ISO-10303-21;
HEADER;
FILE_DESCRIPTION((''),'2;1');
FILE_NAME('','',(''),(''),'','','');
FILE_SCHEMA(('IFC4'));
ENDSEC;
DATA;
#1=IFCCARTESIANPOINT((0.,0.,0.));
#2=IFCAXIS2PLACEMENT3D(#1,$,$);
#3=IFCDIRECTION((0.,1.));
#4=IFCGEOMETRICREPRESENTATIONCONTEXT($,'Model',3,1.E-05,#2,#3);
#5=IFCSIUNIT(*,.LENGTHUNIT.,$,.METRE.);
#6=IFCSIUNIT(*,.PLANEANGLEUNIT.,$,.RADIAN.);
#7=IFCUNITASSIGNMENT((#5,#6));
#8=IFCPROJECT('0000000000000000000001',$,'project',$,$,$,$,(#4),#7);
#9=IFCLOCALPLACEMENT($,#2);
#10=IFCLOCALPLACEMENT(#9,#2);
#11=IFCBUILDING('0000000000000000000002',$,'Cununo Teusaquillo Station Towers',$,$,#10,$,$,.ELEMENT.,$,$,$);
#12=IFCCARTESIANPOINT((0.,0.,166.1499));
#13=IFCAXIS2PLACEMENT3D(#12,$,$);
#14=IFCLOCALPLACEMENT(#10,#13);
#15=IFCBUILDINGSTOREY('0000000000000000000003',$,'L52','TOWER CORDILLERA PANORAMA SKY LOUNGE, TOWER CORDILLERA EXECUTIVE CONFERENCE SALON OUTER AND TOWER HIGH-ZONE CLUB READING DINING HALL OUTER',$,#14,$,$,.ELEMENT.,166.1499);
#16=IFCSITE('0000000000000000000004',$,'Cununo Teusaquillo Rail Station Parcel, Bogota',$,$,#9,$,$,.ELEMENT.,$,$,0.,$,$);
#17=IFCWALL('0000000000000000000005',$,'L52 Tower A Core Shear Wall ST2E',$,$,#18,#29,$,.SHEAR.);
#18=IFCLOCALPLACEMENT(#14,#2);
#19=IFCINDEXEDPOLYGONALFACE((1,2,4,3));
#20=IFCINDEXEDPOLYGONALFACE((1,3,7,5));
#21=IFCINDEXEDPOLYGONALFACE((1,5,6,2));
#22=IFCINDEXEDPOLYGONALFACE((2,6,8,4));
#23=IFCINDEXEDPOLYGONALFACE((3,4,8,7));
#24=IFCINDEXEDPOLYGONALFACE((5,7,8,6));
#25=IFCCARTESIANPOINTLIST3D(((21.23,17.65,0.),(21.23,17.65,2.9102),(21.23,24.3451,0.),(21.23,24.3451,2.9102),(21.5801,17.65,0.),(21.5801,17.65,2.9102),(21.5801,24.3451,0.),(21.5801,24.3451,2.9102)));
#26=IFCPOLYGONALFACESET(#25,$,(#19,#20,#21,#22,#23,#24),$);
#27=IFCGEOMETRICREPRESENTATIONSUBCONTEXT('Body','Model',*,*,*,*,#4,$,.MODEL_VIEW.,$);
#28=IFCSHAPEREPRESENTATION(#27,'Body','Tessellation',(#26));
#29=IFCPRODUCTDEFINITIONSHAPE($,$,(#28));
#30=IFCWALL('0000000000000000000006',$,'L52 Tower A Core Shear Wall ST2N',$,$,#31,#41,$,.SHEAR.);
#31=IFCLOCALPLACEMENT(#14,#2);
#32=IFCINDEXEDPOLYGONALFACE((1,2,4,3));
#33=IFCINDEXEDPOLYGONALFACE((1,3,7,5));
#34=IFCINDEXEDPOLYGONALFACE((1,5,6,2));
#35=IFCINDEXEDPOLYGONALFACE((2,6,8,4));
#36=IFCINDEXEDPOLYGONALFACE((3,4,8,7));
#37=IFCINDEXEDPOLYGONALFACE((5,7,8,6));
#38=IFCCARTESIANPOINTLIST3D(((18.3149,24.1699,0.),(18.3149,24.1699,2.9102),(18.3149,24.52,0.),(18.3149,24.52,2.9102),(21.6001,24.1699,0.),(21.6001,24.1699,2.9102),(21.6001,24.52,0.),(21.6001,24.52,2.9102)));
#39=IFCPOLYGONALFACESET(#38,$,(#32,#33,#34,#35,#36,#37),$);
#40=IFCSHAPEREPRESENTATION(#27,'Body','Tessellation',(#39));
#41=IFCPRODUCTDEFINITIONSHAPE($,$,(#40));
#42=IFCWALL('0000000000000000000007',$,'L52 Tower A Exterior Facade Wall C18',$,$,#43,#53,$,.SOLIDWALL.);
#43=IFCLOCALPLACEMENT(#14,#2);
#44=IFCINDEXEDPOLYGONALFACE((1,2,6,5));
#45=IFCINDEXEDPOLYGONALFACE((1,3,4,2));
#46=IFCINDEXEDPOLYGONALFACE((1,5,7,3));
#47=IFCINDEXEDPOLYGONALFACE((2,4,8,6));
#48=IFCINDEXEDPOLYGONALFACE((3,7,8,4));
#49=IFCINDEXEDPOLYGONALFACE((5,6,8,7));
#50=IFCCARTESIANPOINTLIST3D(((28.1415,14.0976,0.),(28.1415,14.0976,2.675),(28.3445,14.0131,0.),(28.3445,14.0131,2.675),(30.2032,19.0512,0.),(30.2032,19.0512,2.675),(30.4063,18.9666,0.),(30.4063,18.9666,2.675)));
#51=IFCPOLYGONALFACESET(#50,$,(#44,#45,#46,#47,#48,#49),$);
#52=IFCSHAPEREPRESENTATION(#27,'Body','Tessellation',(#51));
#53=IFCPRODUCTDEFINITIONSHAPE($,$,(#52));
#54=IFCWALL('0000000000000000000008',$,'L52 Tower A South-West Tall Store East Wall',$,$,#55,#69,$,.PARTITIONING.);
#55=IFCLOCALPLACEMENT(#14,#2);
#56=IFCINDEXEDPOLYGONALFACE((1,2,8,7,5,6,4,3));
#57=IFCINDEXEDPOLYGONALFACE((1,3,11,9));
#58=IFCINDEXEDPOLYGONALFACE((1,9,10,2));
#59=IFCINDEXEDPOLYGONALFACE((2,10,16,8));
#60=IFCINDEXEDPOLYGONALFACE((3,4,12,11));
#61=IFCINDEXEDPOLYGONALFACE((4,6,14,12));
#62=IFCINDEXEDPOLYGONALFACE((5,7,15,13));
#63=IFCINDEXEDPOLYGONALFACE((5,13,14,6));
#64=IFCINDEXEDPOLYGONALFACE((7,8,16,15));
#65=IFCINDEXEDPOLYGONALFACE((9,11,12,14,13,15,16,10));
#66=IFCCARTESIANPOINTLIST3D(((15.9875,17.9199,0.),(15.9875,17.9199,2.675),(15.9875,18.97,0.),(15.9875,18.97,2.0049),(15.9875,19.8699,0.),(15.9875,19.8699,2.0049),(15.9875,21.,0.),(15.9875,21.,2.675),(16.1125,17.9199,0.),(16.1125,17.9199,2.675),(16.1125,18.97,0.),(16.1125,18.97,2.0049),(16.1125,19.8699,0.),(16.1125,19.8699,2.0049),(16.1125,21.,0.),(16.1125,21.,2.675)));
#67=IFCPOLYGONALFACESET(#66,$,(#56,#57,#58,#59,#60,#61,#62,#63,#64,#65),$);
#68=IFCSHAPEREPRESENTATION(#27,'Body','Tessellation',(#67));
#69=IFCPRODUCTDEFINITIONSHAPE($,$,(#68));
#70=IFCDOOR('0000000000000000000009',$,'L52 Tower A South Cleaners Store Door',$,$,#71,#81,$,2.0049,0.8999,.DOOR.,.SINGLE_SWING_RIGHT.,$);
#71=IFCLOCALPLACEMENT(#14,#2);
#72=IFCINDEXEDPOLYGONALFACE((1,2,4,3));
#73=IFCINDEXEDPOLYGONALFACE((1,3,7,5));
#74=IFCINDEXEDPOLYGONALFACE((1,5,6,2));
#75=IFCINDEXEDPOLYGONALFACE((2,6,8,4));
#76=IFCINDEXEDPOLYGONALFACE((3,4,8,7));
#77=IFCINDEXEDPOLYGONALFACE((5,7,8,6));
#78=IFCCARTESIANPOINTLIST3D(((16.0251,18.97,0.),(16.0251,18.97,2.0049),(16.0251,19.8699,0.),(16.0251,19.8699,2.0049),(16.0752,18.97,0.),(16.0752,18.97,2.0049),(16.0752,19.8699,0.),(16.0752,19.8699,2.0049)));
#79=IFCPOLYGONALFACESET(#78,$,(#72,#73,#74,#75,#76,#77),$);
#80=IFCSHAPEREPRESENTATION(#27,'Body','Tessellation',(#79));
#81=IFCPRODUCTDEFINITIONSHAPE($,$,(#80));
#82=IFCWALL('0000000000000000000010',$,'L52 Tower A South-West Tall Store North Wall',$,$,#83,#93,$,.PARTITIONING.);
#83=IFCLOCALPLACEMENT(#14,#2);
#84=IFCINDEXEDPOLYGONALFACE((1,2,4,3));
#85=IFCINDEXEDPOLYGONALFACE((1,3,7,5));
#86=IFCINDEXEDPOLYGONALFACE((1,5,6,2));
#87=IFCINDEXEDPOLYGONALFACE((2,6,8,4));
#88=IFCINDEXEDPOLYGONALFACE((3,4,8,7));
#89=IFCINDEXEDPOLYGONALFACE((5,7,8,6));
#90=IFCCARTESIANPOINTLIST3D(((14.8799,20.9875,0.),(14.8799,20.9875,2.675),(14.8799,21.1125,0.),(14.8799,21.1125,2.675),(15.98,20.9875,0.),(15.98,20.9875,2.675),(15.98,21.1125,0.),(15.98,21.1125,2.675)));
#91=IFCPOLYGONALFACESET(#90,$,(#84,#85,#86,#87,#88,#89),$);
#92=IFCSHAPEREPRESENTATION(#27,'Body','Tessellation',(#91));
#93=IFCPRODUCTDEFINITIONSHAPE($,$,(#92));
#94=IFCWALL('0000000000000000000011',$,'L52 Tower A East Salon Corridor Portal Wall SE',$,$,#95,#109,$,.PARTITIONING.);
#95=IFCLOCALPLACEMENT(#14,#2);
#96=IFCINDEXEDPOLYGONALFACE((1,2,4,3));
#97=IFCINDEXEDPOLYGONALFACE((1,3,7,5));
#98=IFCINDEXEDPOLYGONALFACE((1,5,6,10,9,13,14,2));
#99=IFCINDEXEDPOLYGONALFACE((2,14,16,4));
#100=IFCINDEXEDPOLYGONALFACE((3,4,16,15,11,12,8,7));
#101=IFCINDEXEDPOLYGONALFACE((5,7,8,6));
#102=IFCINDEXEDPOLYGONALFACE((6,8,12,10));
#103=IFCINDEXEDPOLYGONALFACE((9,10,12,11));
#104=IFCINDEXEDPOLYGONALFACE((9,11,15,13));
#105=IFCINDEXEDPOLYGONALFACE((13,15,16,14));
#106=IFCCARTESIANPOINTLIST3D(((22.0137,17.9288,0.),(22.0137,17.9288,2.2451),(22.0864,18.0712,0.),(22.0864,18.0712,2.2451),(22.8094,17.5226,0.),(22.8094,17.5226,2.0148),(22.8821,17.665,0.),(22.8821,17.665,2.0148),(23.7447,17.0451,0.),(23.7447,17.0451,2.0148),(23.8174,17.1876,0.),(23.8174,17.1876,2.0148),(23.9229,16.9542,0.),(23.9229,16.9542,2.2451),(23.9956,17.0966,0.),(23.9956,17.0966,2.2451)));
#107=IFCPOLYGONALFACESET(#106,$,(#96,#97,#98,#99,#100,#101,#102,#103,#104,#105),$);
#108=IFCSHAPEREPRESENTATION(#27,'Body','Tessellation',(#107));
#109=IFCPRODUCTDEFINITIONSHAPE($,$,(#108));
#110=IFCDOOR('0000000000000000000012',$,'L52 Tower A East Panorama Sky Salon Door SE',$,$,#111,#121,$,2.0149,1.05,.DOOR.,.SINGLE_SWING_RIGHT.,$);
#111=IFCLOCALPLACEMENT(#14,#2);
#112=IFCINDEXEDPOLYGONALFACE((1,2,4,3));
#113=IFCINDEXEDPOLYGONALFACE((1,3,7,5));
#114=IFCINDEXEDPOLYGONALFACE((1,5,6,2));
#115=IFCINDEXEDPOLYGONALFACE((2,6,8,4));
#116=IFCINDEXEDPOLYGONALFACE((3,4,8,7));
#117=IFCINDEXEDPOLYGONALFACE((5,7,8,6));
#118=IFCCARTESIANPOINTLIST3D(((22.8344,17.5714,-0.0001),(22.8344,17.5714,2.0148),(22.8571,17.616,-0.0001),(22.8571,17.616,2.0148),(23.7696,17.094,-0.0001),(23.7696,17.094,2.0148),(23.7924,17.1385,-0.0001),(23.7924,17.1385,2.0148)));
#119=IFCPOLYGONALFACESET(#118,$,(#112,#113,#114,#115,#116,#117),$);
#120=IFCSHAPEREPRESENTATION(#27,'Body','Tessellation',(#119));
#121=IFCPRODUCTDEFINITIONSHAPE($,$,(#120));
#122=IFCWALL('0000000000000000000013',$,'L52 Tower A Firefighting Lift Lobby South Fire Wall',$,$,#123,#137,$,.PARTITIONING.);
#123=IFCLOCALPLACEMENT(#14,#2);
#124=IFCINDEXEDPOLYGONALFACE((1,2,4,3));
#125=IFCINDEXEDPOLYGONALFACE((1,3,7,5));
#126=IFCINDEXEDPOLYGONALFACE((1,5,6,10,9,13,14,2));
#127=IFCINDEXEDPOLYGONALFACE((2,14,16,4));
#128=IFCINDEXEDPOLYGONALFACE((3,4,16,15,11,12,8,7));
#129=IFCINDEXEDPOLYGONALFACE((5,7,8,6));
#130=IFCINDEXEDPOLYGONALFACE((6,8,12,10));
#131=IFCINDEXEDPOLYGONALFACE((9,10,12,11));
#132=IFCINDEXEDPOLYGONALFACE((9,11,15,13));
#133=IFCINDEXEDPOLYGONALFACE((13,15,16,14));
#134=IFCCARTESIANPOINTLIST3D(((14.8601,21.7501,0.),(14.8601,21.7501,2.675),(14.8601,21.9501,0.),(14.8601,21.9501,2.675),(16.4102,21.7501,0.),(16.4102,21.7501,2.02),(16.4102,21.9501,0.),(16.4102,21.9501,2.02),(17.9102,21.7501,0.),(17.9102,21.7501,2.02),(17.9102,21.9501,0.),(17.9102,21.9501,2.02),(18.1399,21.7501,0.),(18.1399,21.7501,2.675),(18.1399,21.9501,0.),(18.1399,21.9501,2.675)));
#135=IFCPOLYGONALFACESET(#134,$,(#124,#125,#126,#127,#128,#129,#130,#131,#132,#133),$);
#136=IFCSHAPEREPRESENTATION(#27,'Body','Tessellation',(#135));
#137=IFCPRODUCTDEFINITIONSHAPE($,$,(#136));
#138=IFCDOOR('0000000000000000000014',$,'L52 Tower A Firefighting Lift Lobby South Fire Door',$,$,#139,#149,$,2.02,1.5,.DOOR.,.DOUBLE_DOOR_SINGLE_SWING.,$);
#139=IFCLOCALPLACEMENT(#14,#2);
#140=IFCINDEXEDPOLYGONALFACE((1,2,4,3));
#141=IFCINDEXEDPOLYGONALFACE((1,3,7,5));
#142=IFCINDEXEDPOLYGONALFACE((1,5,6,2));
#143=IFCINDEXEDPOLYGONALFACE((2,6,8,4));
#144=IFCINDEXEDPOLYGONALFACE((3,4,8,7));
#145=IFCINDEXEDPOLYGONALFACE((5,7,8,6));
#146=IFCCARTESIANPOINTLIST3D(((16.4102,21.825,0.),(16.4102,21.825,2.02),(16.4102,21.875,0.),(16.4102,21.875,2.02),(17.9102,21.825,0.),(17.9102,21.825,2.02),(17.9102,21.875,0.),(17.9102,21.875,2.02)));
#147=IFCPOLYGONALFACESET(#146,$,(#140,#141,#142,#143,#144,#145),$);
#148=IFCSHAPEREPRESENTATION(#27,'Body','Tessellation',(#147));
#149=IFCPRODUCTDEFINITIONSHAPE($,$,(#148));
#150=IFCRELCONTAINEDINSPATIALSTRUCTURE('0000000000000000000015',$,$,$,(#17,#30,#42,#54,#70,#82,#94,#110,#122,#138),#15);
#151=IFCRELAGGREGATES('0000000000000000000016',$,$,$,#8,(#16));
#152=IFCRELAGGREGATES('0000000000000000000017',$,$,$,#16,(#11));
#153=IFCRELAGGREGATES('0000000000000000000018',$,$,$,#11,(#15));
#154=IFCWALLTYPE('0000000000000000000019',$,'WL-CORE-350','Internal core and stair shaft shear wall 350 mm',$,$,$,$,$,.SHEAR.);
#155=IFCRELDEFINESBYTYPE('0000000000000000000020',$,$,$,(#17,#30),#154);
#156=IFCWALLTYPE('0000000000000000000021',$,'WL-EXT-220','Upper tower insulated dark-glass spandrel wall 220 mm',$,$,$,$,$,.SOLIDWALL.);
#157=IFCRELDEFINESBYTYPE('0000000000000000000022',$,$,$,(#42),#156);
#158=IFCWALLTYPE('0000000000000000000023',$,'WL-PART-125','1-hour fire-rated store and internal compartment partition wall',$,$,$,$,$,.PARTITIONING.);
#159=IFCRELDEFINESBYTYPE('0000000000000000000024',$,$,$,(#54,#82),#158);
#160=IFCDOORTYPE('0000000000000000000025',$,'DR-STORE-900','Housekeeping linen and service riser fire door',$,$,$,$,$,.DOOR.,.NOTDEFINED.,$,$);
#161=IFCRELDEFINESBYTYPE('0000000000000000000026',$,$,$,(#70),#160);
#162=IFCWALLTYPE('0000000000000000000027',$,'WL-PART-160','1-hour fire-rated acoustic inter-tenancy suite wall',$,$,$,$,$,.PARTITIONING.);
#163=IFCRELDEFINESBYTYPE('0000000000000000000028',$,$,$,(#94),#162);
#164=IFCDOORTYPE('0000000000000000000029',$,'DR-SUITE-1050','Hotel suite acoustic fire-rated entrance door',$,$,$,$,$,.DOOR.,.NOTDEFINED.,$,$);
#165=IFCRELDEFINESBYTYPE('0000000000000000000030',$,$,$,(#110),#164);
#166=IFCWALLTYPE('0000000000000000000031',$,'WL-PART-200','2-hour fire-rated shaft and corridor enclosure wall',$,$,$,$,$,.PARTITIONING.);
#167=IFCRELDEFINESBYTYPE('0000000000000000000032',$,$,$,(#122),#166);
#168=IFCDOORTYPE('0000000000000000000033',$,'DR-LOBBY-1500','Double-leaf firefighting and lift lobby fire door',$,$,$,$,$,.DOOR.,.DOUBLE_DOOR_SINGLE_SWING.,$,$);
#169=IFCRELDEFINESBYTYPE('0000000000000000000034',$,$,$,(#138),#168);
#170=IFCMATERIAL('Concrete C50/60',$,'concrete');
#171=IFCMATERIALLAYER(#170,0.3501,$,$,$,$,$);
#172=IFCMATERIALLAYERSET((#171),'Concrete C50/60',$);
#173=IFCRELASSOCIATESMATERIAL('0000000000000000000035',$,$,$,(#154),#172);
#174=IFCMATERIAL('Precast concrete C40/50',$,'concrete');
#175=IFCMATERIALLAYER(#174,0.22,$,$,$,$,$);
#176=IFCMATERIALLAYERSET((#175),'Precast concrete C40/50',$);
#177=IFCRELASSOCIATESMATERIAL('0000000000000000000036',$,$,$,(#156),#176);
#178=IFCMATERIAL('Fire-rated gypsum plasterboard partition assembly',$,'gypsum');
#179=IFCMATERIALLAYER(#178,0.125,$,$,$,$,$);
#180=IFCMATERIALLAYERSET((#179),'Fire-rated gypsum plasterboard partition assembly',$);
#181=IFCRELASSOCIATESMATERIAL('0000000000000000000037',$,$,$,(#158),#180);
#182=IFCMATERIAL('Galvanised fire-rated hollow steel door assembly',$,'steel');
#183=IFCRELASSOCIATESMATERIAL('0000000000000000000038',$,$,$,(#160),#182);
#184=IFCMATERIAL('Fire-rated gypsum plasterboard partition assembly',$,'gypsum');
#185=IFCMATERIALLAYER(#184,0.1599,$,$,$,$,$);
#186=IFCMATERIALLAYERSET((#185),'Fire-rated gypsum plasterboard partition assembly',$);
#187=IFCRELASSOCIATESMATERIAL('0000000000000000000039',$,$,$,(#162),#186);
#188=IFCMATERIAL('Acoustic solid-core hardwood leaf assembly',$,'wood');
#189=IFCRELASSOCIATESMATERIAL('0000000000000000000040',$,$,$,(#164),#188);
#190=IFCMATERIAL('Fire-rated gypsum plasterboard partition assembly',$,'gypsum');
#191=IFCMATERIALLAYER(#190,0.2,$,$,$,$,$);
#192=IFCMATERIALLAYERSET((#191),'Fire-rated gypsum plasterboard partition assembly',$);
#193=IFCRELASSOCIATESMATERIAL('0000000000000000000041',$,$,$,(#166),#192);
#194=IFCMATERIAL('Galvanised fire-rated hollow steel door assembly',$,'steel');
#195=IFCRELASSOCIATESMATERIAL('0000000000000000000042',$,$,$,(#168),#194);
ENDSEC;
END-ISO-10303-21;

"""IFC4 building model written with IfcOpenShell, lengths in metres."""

from ifc_helpers import new_model, si_unit, direction, frame, frame_2d, origin, place, context, subcontext, project, spatial, rectangle, extrude, source, transform, mapped, material, layer, layer_set, type_object, element, fill, save


model = new_model("IFC4")

# Units and contexts
model_context = context("Model", 3, precision=1e-05, world=origin(), true_north=direction((0.0, 1.0)))
body_context = subcontext(model_context, "Body", "Model", "MODEL_VIEW")
ifc_project = project(units=[si_unit("LENGTHUNIT", "METRE"), si_unit("PLANEANGLEUNIT", "RADIAN")], contexts=[model_context])

# Site, building, storey
site_placement = place(None, origin())
site = spatial("IfcSite", under=ifc_project, at=site_placement, Name="Cununo Teusaquillo Rail Station Parcel, Bogota", CompositionType="ELEMENT", RefElevation=0.0)
building_placement = place(site_placement, origin())
building = spatial("IfcBuilding", under=site, at=building_placement, Name="Cununo Teusaquillo Station Towers", CompositionType="ELEMENT")
storey_placement = place(building_placement, frame((0.0, 0.0, 166.1499)))
storey = spatial("IfcBuildingStorey", under=building, at=storey_placement, Name="L52", Description="TOWER CORDILLERA PANORAMA SKY LOUNGE, TOWER CORDILLERA EXECUTIVE CONFERENCE SALON OUTER AND TOWER HIGH-ZONE CLUB READING DINING HALL OUTER", CompositionType="ELEMENT", Elevation=166.1499)

# Shared definitions
ifc_material_1 = material(Name="Concrete C50/60", Category="concrete")
ifc_layer_1 = layer(ifc_material_1, 0.3501)
ifc_layer_set_1 = layer_set([ifc_layer_1], Name="Concrete C50/60")
wall_type_1 = type_object("IfcWallType", Name="WL-CORE-350", Description="Internal core and stair shaft shear wall 350 mm", PredefinedType="SHEAR", material=ifc_layer_set_1)

# Walls
wall_1_placement = place(storey_placement, frame((21.405, 17.6499, 0.0), z_axis=(0.0, 0.0, 1.0), x_axis=(0.0, 1.0, 0.0)))
element("IfcWall", 1, at=wall_1_placement, inside=storey, type_object=wall_type_1, Name="L52 Tower A Core Shear Wall ST2E", PredefinedType="SHEAR", context=body_context, shape_type="SweptSolid", body=[
    extrude(rectangle(XDim=6.6951, YDim=0.3501, at=frame_2d((3.3477, 0.0))), origin(), (0.0, 0.0, 1.0), 2.9102),
])
wall_2_placement = place(storey_placement, frame((18.3149, 24.345, 0.0), z_axis=(0.0, 0.0, 1.0), x_axis=(1.0, 0.0, 0.0)))
element("IfcWall", 2, at=wall_2_placement, inside=storey, type_object=wall_type_1, Name="L52 Tower A Core Shear Wall ST2N", PredefinedType="SHEAR", context=body_context, shape_type="SweptSolid", body=[
    extrude(rectangle(XDim=3.2852, YDim=0.3501, at=frame_2d((1.6426, 0.0))), origin(), (0.0, 0.0, 1.0), 2.9102),
])
ifc_material_2 = material(Name="Precast concrete C40/50", Category="concrete")
ifc_layer_2 = layer(ifc_material_2, 0.22)
ifc_layer_set_2 = layer_set([ifc_layer_2], Name="Precast concrete C40/50")
wall_type_2 = type_object("IfcWallType", Name="WL-EXT-220", Description="Upper tower insulated dark-glass spandrel wall 220 mm", PredefinedType="SOLIDWALL", material=ifc_layer_set_2)
wall_3_placement = place(storey_placement, frame((30.3047, 19.0088, 0.0), z_axis=(0.0, 0.0, 1.0), x_axis=(-0.38426, -0.923225, 0.0)))
element("IfcWall", 3, at=wall_3_placement, inside=storey, type_object=wall_type_2, Name="L52 Tower A Exterior Facade Wall C18", PredefinedType="SOLIDWALL", context=body_context, shape_type="SweptSolid", body=[
    extrude(rectangle(XDim=5.3655, YDim=0.22, at=frame_2d((2.6826, 0.0))), origin(), (0.0, 0.0, 1.0), 2.675),
])

# Wall, opening, door
ifc_material_3 = material(Name="Fire-rated gypsum plasterboard partition assembly", Category="gypsum")
ifc_layer_3 = layer(ifc_material_3, 0.125)
ifc_layer_set_3 = layer_set([ifc_layer_3], Name="Fire-rated gypsum plasterboard partition assembly")
wall_type_3 = type_object("IfcWallType", Name="WL-PART-125", Description="1-hour fire-rated store and internal compartment partition wall", PredefinedType="PARTITIONING", material=ifc_layer_set_3)
wall_4_placement = place(storey_placement, frame((16.05, 17.9199, 0.0), z_axis=(0.0, 0.0, 1.0), x_axis=(0.0, 1.0, 0.0)))
wall_4 = element("IfcWall", 4, at=wall_4_placement, inside=storey, type_object=wall_type_3, Name="L52 Tower A South-West Tall Store East Wall", PredefinedType="PARTITIONING", context=body_context, shape_type="SweptSolid", body=[
    extrude(rectangle(XDim=3.0801, YDim=0.125, at=frame_2d((1.54, 0.0))), origin(), (0.0, 0.0, 1.0), 2.675),
])
shared_shape_1 = source(origin(), body_context, "Body", "SweptSolid", [
    extrude(rectangle(XDim=0.8999, YDim=2.0049, at=frame_2d((0.45, 1.0024))), frame((0.0, 0.0725, 0.0), z_axis=(0.0, -1.0, 0.0), x_axis=(1.0, 0.0, 0.0)), (0.0, 0.0, 1.0), 0.145),
])
opening_1_placement = place(wall_4_placement, frame((1.05, 0.0, 0.0)))
opening_1 = element("IfcOpeningElement", 5, at=opening_1_placement, cuts=wall_4, PredefinedType="OPENING", context=body_context, shape_type="MappedRepresentation", body=[
    mapped(shared_shape_1, transform((0.0, 0.0, 0.0), x_axis=(1.0, 0.0, 0.0), y_axis=(0.0, 1.0, 0.0), z_axis=(0.0, 0.0, 1.0), scale=1.0)),
])
ifc_material_4 = material(Name="Galvanised fire-rated hollow steel door assembly", Category="steel")
door_type_1 = type_object("IfcDoorType", Name="DR-STORE-900", Description="Housekeeping linen and service riser fire door", OperationType="NOTDEFINED", PredefinedType="DOOR", material=ifc_material_4)
shared_shape_2 = source(origin(), body_context, "Body", "SweptSolid", [
    extrude(rectangle(XDim=0.8999, YDim=2.0049, at=frame_2d((0.45, 1.0024))), frame((0.0, 0.0249, 0.0), z_axis=(0.0, -1.0, 0.0), x_axis=(1.0, 0.0, 0.0)), (0.0, 0.0, 1.0), 0.05),
])
door_1_placement = place(opening_1_placement, origin())
door_1 = element("IfcDoor", 6, at=door_1_placement, inside=storey, type_object=door_type_1, Name="L52 Tower A South Cleaners Store Door", OperationType="SINGLE_SWING_RIGHT", OverallHeight=2.0049, OverallWidth=0.8999, PredefinedType="DOOR", context=body_context, shape_type="MappedRepresentation", body=[
    mapped(shared_shape_2, transform((0.0, 0.0, 0.0), x_axis=(1.0, 0.0, 0.0), y_axis=(0.0, 1.0, 0.0), z_axis=(0.0, 0.0, 1.0), scale=1.0)),
])
fill(opening_1, door_1)

# Wall
wall_5_placement = place(storey_placement, frame((14.8799, 21.05, 0.0), z_axis=(0.0, 0.0, 1.0), x_axis=(1.0, 0.0, 0.0)))
element("IfcWall", 7, at=wall_5_placement, inside=storey, type_object=wall_type_3, Name="L52 Tower A South-West Tall Store North Wall", PredefinedType="PARTITIONING", context=body_context, shape_type="SweptSolid", body=[
    extrude(rectangle(XDim=1.1001, YDim=0.125, at=frame_2d((0.55, 0.0))), origin(), (0.0, 0.0, 1.0), 2.675),
])

# Walls, openings, doors
ifc_material_5 = material(Name="Fire-rated gypsum plasterboard partition assembly", Category="gypsum")
ifc_layer_4 = layer(ifc_material_5, 0.1599)
ifc_layer_set_4 = layer_set([ifc_layer_4], Name="Fire-rated gypsum plasterboard partition assembly")
wall_type_4 = type_object("IfcWallType", Name="WL-PART-160", Description="1-hour fire-rated acoustic inter-tenancy suite wall", PredefinedType="PARTITIONING", material=ifc_layer_set_4)
wall_6_placement = place(storey_placement, frame((22.05, 18.0, 0.0), z_axis=(0.0, 0.0, 1.0), x_axis=(0.89066, -0.45467, 0.0)))
wall_6 = element("IfcWall", 8, at=wall_6_placement, inside=storey, type_object=wall_type_4, Name="L52 Tower A East Salon Corridor Portal Wall SE", PredefinedType="PARTITIONING", context=body_context, shape_type="SweptSolid", body=[
    extrude(rectangle(XDim=2.1436, YDim=0.1599, at=frame_2d((1.0718, 0.0))), origin(), (0.0, 0.0, 1.0), 2.2451),
])
shared_shape_3 = source(origin(), body_context, "Body", "SweptSolid", [
    extrude(rectangle(XDim=1.05, YDim=2.0149, at=frame_2d((0.5249, 1.0073))), frame((0.0, 0.0898, 0.0), z_axis=(0.0, -1.0, 0.0), x_axis=(1.0, 0.0, 0.0)), (0.0, 0.0, 1.0), 0.1799),
])
opening_2_placement = place(wall_6_placement, frame((0.8936, 0.0, 0.0)))
opening_2 = element("IfcOpeningElement", 9, at=opening_2_placement, cuts=wall_6, PredefinedType="OPENING", context=body_context, shape_type="MappedRepresentation", body=[
    mapped(shared_shape_3, transform((0.0, 0.0, 0.0), x_axis=(1.0, 0.0, 0.0), y_axis=(0.0, 1.0, 0.0), z_axis=(0.0, 0.0, 1.0), scale=1.0)),
])
ifc_material_6 = material(Name="Acoustic solid-core hardwood leaf assembly", Category="wood")
door_type_2 = type_object("IfcDoorType", Name="DR-SUITE-1050", Description="Hotel suite acoustic fire-rated entrance door", OperationType="NOTDEFINED", PredefinedType="DOOR", material=ifc_material_6)
shared_shape_4 = source(origin(), body_context, "Body", "SweptSolid", [
    extrude(rectangle(XDim=1.05, YDim=2.0149, at=frame_2d((0.5249, 1.0073))), frame((0.0, 0.0249, 0.0), z_axis=(0.0, -1.0, 0.0), x_axis=(1.0, 0.0, 0.0)), (0.0, 0.0, 1.0), 0.05),
])
door_2_placement = place(opening_2_placement, origin())
door_2 = element("IfcDoor", 10, at=door_2_placement, inside=storey, type_object=door_type_2, Name="L52 Tower A East Panorama Sky Salon Door SE", OperationType="SINGLE_SWING_RIGHT", OverallHeight=2.0149, OverallWidth=1.05, PredefinedType="DOOR", context=body_context, shape_type="MappedRepresentation", body=[
    mapped(shared_shape_4, transform((0.0, 0.0, 0.0), x_axis=(1.0, 0.0, 0.0), y_axis=(0.0, 1.0, 0.0), z_axis=(0.0, 0.0, 1.0), scale=1.0)),
])
fill(opening_2, door_2)
ifc_material_7 = material(Name="Fire-rated gypsum plasterboard partition assembly", Category="gypsum")
ifc_layer_5 = layer(ifc_material_7, 0.2)
ifc_layer_set_5 = layer_set([ifc_layer_5], Name="Fire-rated gypsum plasterboard partition assembly")
wall_type_5 = type_object("IfcWallType", Name="WL-PART-200", Description="2-hour fire-rated shaft and corridor enclosure wall", PredefinedType="PARTITIONING", material=ifc_layer_set_5)
wall_7_placement = place(storey_placement, frame((14.8601, 21.8501, 0.0), z_axis=(0.0, 0.0, 1.0), x_axis=(1.0, 0.0, 0.0)))
wall_7 = element("IfcWall", 11, at=wall_7_placement, inside=storey, type_object=wall_type_5, Name="L52 Tower A Firefighting Lift Lobby South Fire Wall", PredefinedType="PARTITIONING", context=body_context, shape_type="SweptSolid", body=[
    extrude(rectangle(XDim=3.2798, YDim=0.2, at=frame_2d((1.6399, 0.0))), origin(), (0.0, 0.0, 1.0), 2.675),
])
shared_shape_5 = source(origin(), body_context, "Body", "SweptSolid", [
    extrude(rectangle(XDim=1.5, YDim=2.02, at=frame_2d((0.75, 1.01))), frame((0.0, 0.1099, 0.0), z_axis=(0.0, -1.0, 0.0), x_axis=(1.0, 0.0, 0.0)), (0.0, 0.0, 1.0), 0.22),
])
opening_3_placement = place(wall_7_placement, frame((1.55, 0.0, 0.0)))
opening_3 = element("IfcOpeningElement", 12, at=opening_3_placement, cuts=wall_7, PredefinedType="OPENING", context=body_context, shape_type="MappedRepresentation", body=[
    mapped(shared_shape_5, transform((0.0, 0.0, 0.0), x_axis=(1.0, 0.0, 0.0), y_axis=(0.0, 1.0, 0.0), z_axis=(0.0, 0.0, 1.0), scale=1.0)),
])
ifc_material_8 = material(Name="Galvanised fire-rated hollow steel door assembly", Category="steel")
door_type_3 = type_object("IfcDoorType", Name="DR-LOBBY-1500", Description="Double-leaf firefighting and lift lobby fire door", OperationType="DOUBLE_DOOR_SINGLE_SWING", PredefinedType="DOOR", material=ifc_material_8)
shared_shape_6 = source(origin(), body_context, "Body", "SweptSolid", [
    extrude(rectangle(XDim=1.5, YDim=2.02, at=frame_2d((0.75, 1.01))), frame((0.0, 0.0249, 0.0), z_axis=(0.0, -1.0, 0.0), x_axis=(1.0, 0.0, 0.0)), (0.0, 0.0, 1.0), 0.05),
])
door_3_placement = place(opening_3_placement, origin())
door_3 = element("IfcDoor", 13, at=door_3_placement, inside=storey, type_object=door_type_3, Name="L52 Tower A Firefighting Lift Lobby South Fire Door", OperationType="DOUBLE_DOOR_SINGLE_SWING", OverallHeight=2.02, OverallWidth=1.5, PredefinedType="DOOR", context=body_context, shape_type="MappedRepresentation", body=[
    mapped(shared_shape_6, transform((0.0, 0.0, 0.0), x_axis=(1.0, 0.0, 0.0), y_axis=(0.0, 1.0, 0.0), z_axis=(0.0, 0.0, 1.0), scale=1.0)),
])
fill(opening_3, door_3)

save(model, "model.ifc")
